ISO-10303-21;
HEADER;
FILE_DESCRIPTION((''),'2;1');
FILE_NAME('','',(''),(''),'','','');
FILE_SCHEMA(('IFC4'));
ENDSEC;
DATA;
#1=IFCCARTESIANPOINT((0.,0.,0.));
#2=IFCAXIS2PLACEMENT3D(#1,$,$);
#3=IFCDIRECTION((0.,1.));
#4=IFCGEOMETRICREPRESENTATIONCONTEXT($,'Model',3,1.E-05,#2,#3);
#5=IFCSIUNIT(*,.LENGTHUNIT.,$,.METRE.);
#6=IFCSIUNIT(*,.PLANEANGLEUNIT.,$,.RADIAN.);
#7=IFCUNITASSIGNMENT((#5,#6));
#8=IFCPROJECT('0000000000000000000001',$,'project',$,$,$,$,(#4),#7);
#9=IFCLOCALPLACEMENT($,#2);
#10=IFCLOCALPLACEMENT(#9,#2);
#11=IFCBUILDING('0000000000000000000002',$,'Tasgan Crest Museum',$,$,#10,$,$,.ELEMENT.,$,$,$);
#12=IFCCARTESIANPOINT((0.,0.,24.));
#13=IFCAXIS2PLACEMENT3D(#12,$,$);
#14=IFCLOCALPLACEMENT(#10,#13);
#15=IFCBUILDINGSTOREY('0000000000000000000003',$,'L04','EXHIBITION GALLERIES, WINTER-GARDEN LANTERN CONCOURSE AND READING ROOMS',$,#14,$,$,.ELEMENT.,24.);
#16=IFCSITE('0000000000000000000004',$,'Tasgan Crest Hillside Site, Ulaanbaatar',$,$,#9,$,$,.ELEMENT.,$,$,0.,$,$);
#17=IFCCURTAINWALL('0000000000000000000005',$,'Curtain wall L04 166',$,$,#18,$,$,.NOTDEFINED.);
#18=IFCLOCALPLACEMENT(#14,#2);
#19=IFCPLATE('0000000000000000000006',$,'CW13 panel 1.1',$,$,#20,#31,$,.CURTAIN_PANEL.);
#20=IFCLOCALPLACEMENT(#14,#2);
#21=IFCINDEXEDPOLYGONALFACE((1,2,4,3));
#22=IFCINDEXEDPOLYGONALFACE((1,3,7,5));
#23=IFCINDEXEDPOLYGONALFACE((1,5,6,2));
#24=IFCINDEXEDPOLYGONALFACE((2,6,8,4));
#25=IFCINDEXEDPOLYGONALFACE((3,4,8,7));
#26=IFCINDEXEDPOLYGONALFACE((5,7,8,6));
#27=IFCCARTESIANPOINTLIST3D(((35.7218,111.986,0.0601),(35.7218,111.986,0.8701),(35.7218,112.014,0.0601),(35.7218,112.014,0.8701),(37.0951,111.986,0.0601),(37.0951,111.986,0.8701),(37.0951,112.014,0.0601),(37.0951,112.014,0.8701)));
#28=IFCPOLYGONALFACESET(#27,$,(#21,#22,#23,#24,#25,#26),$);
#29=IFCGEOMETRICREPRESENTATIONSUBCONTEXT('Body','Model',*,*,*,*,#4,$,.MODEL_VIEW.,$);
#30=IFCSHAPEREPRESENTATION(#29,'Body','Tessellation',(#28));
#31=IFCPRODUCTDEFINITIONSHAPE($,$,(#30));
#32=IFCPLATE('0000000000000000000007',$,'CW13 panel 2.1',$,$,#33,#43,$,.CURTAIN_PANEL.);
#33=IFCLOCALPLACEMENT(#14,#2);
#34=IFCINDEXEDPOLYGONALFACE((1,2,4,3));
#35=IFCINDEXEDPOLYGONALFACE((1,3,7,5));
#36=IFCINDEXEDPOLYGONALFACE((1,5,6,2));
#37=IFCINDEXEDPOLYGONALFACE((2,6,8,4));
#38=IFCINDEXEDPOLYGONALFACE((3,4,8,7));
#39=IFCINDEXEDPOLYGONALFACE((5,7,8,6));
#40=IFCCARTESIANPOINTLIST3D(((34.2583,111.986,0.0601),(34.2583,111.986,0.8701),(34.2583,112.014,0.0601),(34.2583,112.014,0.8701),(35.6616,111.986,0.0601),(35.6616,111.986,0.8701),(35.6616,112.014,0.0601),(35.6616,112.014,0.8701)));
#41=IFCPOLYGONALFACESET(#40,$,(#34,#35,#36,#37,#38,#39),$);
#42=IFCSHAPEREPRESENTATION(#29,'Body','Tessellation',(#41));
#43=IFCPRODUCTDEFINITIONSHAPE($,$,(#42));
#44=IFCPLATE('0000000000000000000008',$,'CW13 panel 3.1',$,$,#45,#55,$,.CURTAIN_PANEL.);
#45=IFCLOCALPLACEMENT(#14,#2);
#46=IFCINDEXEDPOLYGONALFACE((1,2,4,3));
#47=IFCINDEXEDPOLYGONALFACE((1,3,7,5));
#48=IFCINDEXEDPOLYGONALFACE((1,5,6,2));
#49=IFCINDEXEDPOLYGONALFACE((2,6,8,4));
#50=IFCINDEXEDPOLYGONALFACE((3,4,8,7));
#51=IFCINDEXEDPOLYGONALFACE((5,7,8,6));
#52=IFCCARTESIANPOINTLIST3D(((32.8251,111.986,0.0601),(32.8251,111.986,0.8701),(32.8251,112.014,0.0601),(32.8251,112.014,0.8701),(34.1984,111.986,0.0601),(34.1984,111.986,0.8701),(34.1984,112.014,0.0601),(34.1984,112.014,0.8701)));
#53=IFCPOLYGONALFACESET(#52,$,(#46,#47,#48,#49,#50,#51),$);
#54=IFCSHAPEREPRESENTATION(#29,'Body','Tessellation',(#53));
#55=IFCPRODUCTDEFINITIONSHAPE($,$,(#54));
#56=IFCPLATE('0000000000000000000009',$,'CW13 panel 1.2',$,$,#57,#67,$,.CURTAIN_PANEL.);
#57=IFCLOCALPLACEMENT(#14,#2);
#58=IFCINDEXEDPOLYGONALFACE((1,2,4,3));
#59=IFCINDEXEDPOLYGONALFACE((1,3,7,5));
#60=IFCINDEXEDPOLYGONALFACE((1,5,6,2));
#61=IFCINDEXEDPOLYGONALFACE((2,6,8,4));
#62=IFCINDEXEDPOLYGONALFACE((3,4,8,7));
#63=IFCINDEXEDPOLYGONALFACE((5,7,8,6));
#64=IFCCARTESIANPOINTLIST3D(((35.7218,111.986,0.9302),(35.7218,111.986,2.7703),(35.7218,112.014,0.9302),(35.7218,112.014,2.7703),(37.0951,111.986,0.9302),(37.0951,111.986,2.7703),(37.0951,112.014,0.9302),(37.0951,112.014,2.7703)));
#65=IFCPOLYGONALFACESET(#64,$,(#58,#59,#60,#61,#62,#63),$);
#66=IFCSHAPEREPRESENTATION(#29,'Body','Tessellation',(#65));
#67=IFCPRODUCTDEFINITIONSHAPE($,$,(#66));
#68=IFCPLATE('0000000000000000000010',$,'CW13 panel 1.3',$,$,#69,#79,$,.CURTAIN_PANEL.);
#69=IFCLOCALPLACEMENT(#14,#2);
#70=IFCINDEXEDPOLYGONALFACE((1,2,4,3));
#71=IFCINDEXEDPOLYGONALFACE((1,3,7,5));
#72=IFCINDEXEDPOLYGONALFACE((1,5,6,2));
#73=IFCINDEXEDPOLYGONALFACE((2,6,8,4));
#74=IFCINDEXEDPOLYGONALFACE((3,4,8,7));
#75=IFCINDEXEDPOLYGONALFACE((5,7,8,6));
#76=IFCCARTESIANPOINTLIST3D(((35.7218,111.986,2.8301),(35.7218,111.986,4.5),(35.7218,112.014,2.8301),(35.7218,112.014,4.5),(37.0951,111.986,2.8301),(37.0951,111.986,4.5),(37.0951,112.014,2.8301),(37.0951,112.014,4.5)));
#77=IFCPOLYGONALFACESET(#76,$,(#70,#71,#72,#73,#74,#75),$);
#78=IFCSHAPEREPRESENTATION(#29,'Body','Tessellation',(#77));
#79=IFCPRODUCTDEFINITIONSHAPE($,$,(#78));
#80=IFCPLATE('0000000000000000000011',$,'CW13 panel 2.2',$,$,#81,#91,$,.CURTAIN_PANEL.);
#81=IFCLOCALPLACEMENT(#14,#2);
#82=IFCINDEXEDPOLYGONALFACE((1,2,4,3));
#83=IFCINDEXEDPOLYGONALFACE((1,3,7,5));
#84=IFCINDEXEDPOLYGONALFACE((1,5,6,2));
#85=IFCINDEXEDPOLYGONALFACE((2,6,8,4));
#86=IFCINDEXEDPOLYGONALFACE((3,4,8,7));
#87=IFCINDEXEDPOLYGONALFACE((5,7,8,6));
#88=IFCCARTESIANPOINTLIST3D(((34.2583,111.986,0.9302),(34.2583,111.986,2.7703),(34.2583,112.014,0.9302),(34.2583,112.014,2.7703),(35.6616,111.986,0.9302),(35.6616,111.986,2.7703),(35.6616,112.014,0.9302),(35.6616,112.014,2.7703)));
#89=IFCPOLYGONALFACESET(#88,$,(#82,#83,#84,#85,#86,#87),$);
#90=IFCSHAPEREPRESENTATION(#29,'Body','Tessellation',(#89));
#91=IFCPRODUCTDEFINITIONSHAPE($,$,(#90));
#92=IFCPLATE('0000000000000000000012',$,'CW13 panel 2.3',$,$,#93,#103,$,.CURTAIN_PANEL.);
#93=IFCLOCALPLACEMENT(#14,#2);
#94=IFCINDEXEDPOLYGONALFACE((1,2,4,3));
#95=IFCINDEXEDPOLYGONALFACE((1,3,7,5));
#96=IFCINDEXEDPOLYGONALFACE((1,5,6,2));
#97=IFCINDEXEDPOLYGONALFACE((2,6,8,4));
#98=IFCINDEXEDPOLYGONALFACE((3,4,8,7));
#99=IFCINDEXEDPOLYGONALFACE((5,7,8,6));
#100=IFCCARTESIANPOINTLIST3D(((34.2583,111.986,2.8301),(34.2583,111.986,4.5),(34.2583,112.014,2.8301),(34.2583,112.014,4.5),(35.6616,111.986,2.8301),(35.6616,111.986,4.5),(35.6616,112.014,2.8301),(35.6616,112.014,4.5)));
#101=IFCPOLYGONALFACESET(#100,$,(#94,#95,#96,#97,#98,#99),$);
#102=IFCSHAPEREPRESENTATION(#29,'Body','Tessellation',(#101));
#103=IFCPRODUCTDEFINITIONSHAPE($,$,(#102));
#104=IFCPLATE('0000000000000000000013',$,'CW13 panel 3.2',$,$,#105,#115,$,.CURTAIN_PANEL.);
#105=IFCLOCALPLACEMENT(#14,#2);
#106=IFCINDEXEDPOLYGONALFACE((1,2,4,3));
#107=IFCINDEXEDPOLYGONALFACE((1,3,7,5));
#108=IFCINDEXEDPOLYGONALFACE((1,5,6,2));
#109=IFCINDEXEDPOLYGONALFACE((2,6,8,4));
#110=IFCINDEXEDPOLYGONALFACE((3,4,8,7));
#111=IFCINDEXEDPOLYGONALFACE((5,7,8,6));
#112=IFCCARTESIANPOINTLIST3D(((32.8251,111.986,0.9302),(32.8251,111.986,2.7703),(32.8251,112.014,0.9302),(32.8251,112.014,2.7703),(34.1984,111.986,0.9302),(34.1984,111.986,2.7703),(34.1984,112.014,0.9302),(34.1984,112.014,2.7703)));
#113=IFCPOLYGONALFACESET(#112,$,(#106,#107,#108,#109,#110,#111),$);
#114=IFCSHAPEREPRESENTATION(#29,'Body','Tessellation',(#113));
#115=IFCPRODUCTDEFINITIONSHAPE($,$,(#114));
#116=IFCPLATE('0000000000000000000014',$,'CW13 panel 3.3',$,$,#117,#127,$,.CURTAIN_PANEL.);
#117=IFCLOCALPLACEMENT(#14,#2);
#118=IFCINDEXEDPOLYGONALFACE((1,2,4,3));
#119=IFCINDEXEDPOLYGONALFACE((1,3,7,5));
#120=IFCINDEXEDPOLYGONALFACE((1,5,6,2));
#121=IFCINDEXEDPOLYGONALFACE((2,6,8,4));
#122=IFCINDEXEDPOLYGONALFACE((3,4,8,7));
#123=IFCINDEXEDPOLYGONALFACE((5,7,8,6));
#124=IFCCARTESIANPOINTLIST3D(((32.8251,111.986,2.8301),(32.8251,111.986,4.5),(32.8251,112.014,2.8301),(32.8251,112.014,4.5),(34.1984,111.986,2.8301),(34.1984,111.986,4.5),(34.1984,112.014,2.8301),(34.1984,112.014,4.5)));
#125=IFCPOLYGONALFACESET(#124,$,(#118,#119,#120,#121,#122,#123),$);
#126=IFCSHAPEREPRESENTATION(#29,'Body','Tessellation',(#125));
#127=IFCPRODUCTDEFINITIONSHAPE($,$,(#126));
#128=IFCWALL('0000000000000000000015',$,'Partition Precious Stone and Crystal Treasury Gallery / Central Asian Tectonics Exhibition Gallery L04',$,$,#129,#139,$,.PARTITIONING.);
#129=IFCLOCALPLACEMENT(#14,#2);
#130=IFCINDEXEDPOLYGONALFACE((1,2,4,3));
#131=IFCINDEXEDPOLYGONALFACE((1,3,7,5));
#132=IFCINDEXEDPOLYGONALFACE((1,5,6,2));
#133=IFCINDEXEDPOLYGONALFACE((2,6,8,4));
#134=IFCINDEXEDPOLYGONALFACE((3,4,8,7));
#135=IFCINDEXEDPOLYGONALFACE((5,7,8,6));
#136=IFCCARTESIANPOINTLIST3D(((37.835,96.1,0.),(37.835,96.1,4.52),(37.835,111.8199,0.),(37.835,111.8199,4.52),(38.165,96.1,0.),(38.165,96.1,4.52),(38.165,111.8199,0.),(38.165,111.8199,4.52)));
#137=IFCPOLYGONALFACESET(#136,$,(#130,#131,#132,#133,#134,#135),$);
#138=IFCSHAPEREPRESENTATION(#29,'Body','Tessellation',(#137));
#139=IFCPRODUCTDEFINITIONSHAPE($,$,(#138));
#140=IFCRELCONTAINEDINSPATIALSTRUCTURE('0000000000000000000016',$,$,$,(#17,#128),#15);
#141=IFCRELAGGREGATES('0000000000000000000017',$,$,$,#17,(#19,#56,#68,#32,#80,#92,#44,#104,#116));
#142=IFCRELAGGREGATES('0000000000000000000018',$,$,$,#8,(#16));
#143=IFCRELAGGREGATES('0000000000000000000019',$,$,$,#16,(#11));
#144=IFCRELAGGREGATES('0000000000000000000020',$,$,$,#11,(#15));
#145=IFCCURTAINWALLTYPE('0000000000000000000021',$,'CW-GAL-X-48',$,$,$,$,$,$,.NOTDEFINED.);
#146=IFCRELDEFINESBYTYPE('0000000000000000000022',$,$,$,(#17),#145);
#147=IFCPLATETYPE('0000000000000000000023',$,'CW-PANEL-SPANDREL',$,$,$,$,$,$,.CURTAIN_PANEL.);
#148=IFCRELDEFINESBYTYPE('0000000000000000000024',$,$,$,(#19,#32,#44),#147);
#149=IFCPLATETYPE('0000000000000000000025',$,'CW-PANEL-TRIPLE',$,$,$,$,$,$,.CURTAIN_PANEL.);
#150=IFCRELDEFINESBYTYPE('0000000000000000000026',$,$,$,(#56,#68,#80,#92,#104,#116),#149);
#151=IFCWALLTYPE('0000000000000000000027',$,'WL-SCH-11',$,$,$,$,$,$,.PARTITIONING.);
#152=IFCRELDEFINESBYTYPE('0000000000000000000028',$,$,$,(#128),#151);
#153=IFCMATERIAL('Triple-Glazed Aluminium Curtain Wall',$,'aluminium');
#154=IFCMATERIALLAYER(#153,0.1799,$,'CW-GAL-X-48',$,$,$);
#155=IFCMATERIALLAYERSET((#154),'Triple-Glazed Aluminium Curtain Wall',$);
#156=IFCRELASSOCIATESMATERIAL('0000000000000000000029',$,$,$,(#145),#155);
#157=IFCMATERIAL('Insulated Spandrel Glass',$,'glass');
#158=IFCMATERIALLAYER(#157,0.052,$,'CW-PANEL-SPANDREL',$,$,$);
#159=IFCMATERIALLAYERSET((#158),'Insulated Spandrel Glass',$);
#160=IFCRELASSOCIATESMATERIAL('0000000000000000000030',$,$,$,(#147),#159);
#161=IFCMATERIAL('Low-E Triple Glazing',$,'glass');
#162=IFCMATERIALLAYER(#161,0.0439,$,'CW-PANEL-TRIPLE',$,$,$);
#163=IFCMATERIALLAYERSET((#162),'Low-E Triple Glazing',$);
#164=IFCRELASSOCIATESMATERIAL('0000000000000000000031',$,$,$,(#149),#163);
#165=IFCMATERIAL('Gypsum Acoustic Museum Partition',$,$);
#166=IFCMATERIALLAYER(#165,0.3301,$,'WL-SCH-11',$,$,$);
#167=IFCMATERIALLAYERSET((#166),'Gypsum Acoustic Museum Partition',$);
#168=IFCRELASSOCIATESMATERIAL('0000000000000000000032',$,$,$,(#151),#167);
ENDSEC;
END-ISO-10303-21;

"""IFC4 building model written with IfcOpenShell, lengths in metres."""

from ifc_helpers import new_model, si_unit, direction, frame, frame_2d, origin, origin_2d, place, context, subcontext, project, spatial, rectangle, extrude, material, layer, layer_set, type_object, element, aggregate, save


model = new_model("IFC4")

# Units and contexts
model_context = context("Model", 3, precision=1e-05, world=origin(), true_north=direction((0.0, 1.0)))
body_context = subcontext(model_context, "Body", "Model", "MODEL_VIEW")
ifc_project = project(units=[si_unit("LENGTHUNIT", "METRE"), si_unit("PLANEANGLEUNIT", "RADIAN")], contexts=[model_context])

# Site, building, storey
site_placement = place(None, origin())
site = spatial("IfcSite", under=ifc_project, at=site_placement, Name="Tasgan Crest Hillside Site, Ulaanbaatar", CompositionType="ELEMENT", RefElevation=0.0)
building_placement = place(site_placement, origin())
building = spatial("IfcBuilding", under=site, at=building_placement, Name="Tasgan Crest Museum", CompositionType="ELEMENT")
storey_placement = place(building_placement, frame((0.0, 0.0, 24.0)))
storey = spatial("IfcBuildingStorey", under=building, at=storey_placement, Name="L04", Description="EXHIBITION GALLERIES, WINTER-GARDEN LANTERN CONCOURSE AND READING ROOMS", CompositionType="ELEMENT", Elevation=24.0)

# Curtain wall, plates
ifc_material_1 = material(Name="Triple-Glazed Aluminium Curtain Wall", Category="aluminium")
ifc_layer_1 = layer(ifc_material_1, 0.1799, Name="CW-GAL-X-48")
ifc_layer_set_1 = layer_set([ifc_layer_1], Name="Triple-Glazed Aluminium Curtain Wall")
curtain_wall_type = type_object("IfcCurtainWallType", Name="CW-GAL-X-48", PredefinedType="NOTDEFINED", material=ifc_layer_set_1)
curtain_wall_placement = place(storey_placement, origin())
curtain_wall = element("IfcCurtainWall", 1, at=curtain_wall_placement, inside=storey, type_object=curtain_wall_type, Name="Curtain wall L04 166", PredefinedType="NOTDEFINED")
ifc_material_2 = material(Name="Insulated Spandrel Glass", Category="glass")
ifc_layer_2 = layer(ifc_material_2, 0.052, Name="CW-PANEL-SPANDREL")
ifc_layer_set_2 = layer_set([ifc_layer_2], Name="Insulated Spandrel Glass")
plate_type_1 = type_object("IfcPlateType", Name="CW-PANEL-SPANDREL", PredefinedType="CURTAIN_PANEL", material=ifc_layer_set_2)
plate_1_placement = place(storey_placement, frame((36.4084, 112.0, 0.0601), z_axis=(0.0, 0.0, 1.0), x_axis=(-1.0, 0.0, 0.0)))
plate_1 = element("IfcPlate", 2, at=plate_1_placement, type_object=plate_type_1, Name="CW13 panel 1.1", PredefinedType="CURTAIN_PANEL", context=body_context, shape_type="SweptSolid", body=[
    extrude(rectangle(XDim=1.3733, YDim=0.0281, at=origin_2d()), origin(), (0.0, 0.0, 1.0), 0.8101),
])
plate_2_placement = place(storey_placement, frame((34.96, 112.0, 0.0601), z_axis=(0.0, 0.0, 1.0), x_axis=(-1.0, 0.0, 0.0)))
plate_2 = element("IfcPlate", 3, at=plate_2_placement, type_object=plate_type_1, Name="CW13 panel 2.1", PredefinedType="CURTAIN_PANEL", context=body_context, shape_type="SweptSolid", body=[
    extrude(rectangle(XDim=1.4033, YDim=0.0281, at=origin_2d()), origin(), (0.0, 0.0, 1.0), 0.8101),
])
plate_3_placement = place(storey_placement, frame((33.5117, 112.0, 0.0601), z_axis=(0.0, 0.0, 1.0), x_axis=(-1.0, 0.0, 0.0)))
plate_3 = element("IfcPlate", 4, at=plate_3_placement, type_object=plate_type_1, Name="CW13 panel 3.1", PredefinedType="CURTAIN_PANEL", context=body_context, shape_type="SweptSolid", body=[
    extrude(rectangle(XDim=1.3733, YDim=0.0281, at=origin_2d()), origin(), (0.0, 0.0, 1.0), 0.8101),
])
ifc_material_3 = material(Name="Low-E Triple Glazing", Category="glass")
ifc_layer_3 = layer(ifc_material_3, 0.0439, Name="CW-PANEL-TRIPLE")
ifc_layer_set_3 = layer_set([ifc_layer_3], Name="Low-E Triple Glazing")
plate_type_2 = type_object("IfcPlateType", Name="CW-PANEL-TRIPLE", PredefinedType="CURTAIN_PANEL", material=ifc_layer_set_3)
plate_4_placement = place(storey_placement, frame((36.4084, 112.0, 0.9302), z_axis=(0.0, 0.0, 1.0), x_axis=(-1.0, 0.0, 0.0)))
plate_4 = element("IfcPlate", 5, at=plate_4_placement, type_object=plate_type_2, Name="CW13 panel 1.2", PredefinedType="CURTAIN_PANEL", context=body_context, shape_type="SweptSolid", body=[
    extrude(rectangle(XDim=1.3733, YDim=0.0281, at=origin_2d()), origin(), (0.0, 0.0, 1.0), 1.8401),
])
plate_5_placement = place(storey_placement, frame((36.4084, 112.0, 2.8301), z_axis=(0.0, 0.0, 1.0), x_axis=(-1.0, 0.0, 0.0)))
plate_5 = element("IfcPlate", 6, at=plate_5_placement, type_object=plate_type_2, Name="CW13 panel 1.3", PredefinedType="CURTAIN_PANEL", context=body_context, shape_type="SweptSolid", body=[
    extrude(rectangle(XDim=1.3733, YDim=0.0281, at=origin_2d()), origin(), (0.0, 0.0, 1.0), 1.6699),
])
plate_6_placement = place(storey_placement, frame((34.96, 112.0, 0.9302), z_axis=(0.0, 0.0, 1.0), x_axis=(-1.0, 0.0, 0.0)))
plate_6 = element("IfcPlate", 7, at=plate_6_placement, type_object=plate_type_2, Name="CW13 panel 2.2", PredefinedType="CURTAIN_PANEL", context=body_context, shape_type="SweptSolid", body=[
    extrude(rectangle(XDim=1.4033, YDim=0.0281, at=origin_2d()), origin(), (0.0, 0.0, 1.0), 1.8401),
])
plate_7_placement = place(storey_placement, frame((34.96, 112.0, 2.8301), z_axis=(0.0, 0.0, 1.0), x_axis=(-1.0, 0.0, 0.0)))
plate_7 = element("IfcPlate", 8, at=plate_7_placement, type_object=plate_type_2, Name="CW13 panel 2.3", PredefinedType="CURTAIN_PANEL", context=body_context, shape_type="SweptSolid", body=[
    extrude(rectangle(XDim=1.4033, YDim=0.0281, at=origin_2d()), origin(), (0.0, 0.0, 1.0), 1.6699),
])
plate_8_placement = place(storey_placement, frame((33.5117, 112.0, 0.9302), z_axis=(0.0, 0.0, 1.0), x_axis=(-1.0, 0.0, 0.0)))
plate_8 = element("IfcPlate", 9, at=plate_8_placement, type_object=plate_type_2, Name="CW13 panel 3.2", PredefinedType="CURTAIN_PANEL", context=body_context, shape_type="SweptSolid", body=[
    extrude(rectangle(XDim=1.3733, YDim=0.0281, at=origin_2d()), origin(), (0.0, 0.0, 1.0), 1.8401),
])
plate_9_placement = place(storey_placement, frame((33.5117, 112.0, 2.8301), z_axis=(0.0, 0.0, 1.0), x_axis=(-1.0, 0.0, 0.0)))
plate_9 = element("IfcPlate", 10, at=plate_9_placement, type_object=plate_type_2, Name="CW13 panel 3.3", PredefinedType="CURTAIN_PANEL", context=body_context, shape_type="SweptSolid", body=[
    extrude(rectangle(XDim=1.3733, YDim=0.0281, at=origin_2d()), origin(), (0.0, 0.0, 1.0), 1.6699),
])
aggregate(curtain_wall, [plate_1, plate_4, plate_5, plate_2, plate_6, plate_7, plate_3, plate_8, plate_9])

# Wall
ifc_material_4 = material(Name="Gypsum Acoustic Museum Partition")
ifc_layer_4 = layer(ifc_material_4, 0.3301, Name="WL-SCH-11")
ifc_layer_set_4 = layer_set([ifc_layer_4], Name="Gypsum Acoustic Museum Partition")
wall_type = type_object("IfcWallType", Name="WL-SCH-11", PredefinedType="PARTITIONING", material=ifc_layer_set_4)
wall_placement = place(storey_placement, frame((38.0, 96.1001, 0.0), z_axis=(0.0, 0.0, 1.0), x_axis=(0.0, 1.0, 0.0)))
element("IfcWall", 11, at=wall_placement, inside=storey, type_object=wall_type, Name="Partition Precious Stone and Crystal Treasury Gallery / Central Asian Tectonics Exhibition Gallery L04", PredefinedType="PARTITIONING", context=body_context, shape_type="SweptSolid", body=[
    extrude(rectangle(XDim=15.72, YDim=0.3301, at=frame_2d((7.8599, 0.0))), origin(), (0.0, 0.0, 1.0), 4.52),
])

save(model, "model.ifc")
